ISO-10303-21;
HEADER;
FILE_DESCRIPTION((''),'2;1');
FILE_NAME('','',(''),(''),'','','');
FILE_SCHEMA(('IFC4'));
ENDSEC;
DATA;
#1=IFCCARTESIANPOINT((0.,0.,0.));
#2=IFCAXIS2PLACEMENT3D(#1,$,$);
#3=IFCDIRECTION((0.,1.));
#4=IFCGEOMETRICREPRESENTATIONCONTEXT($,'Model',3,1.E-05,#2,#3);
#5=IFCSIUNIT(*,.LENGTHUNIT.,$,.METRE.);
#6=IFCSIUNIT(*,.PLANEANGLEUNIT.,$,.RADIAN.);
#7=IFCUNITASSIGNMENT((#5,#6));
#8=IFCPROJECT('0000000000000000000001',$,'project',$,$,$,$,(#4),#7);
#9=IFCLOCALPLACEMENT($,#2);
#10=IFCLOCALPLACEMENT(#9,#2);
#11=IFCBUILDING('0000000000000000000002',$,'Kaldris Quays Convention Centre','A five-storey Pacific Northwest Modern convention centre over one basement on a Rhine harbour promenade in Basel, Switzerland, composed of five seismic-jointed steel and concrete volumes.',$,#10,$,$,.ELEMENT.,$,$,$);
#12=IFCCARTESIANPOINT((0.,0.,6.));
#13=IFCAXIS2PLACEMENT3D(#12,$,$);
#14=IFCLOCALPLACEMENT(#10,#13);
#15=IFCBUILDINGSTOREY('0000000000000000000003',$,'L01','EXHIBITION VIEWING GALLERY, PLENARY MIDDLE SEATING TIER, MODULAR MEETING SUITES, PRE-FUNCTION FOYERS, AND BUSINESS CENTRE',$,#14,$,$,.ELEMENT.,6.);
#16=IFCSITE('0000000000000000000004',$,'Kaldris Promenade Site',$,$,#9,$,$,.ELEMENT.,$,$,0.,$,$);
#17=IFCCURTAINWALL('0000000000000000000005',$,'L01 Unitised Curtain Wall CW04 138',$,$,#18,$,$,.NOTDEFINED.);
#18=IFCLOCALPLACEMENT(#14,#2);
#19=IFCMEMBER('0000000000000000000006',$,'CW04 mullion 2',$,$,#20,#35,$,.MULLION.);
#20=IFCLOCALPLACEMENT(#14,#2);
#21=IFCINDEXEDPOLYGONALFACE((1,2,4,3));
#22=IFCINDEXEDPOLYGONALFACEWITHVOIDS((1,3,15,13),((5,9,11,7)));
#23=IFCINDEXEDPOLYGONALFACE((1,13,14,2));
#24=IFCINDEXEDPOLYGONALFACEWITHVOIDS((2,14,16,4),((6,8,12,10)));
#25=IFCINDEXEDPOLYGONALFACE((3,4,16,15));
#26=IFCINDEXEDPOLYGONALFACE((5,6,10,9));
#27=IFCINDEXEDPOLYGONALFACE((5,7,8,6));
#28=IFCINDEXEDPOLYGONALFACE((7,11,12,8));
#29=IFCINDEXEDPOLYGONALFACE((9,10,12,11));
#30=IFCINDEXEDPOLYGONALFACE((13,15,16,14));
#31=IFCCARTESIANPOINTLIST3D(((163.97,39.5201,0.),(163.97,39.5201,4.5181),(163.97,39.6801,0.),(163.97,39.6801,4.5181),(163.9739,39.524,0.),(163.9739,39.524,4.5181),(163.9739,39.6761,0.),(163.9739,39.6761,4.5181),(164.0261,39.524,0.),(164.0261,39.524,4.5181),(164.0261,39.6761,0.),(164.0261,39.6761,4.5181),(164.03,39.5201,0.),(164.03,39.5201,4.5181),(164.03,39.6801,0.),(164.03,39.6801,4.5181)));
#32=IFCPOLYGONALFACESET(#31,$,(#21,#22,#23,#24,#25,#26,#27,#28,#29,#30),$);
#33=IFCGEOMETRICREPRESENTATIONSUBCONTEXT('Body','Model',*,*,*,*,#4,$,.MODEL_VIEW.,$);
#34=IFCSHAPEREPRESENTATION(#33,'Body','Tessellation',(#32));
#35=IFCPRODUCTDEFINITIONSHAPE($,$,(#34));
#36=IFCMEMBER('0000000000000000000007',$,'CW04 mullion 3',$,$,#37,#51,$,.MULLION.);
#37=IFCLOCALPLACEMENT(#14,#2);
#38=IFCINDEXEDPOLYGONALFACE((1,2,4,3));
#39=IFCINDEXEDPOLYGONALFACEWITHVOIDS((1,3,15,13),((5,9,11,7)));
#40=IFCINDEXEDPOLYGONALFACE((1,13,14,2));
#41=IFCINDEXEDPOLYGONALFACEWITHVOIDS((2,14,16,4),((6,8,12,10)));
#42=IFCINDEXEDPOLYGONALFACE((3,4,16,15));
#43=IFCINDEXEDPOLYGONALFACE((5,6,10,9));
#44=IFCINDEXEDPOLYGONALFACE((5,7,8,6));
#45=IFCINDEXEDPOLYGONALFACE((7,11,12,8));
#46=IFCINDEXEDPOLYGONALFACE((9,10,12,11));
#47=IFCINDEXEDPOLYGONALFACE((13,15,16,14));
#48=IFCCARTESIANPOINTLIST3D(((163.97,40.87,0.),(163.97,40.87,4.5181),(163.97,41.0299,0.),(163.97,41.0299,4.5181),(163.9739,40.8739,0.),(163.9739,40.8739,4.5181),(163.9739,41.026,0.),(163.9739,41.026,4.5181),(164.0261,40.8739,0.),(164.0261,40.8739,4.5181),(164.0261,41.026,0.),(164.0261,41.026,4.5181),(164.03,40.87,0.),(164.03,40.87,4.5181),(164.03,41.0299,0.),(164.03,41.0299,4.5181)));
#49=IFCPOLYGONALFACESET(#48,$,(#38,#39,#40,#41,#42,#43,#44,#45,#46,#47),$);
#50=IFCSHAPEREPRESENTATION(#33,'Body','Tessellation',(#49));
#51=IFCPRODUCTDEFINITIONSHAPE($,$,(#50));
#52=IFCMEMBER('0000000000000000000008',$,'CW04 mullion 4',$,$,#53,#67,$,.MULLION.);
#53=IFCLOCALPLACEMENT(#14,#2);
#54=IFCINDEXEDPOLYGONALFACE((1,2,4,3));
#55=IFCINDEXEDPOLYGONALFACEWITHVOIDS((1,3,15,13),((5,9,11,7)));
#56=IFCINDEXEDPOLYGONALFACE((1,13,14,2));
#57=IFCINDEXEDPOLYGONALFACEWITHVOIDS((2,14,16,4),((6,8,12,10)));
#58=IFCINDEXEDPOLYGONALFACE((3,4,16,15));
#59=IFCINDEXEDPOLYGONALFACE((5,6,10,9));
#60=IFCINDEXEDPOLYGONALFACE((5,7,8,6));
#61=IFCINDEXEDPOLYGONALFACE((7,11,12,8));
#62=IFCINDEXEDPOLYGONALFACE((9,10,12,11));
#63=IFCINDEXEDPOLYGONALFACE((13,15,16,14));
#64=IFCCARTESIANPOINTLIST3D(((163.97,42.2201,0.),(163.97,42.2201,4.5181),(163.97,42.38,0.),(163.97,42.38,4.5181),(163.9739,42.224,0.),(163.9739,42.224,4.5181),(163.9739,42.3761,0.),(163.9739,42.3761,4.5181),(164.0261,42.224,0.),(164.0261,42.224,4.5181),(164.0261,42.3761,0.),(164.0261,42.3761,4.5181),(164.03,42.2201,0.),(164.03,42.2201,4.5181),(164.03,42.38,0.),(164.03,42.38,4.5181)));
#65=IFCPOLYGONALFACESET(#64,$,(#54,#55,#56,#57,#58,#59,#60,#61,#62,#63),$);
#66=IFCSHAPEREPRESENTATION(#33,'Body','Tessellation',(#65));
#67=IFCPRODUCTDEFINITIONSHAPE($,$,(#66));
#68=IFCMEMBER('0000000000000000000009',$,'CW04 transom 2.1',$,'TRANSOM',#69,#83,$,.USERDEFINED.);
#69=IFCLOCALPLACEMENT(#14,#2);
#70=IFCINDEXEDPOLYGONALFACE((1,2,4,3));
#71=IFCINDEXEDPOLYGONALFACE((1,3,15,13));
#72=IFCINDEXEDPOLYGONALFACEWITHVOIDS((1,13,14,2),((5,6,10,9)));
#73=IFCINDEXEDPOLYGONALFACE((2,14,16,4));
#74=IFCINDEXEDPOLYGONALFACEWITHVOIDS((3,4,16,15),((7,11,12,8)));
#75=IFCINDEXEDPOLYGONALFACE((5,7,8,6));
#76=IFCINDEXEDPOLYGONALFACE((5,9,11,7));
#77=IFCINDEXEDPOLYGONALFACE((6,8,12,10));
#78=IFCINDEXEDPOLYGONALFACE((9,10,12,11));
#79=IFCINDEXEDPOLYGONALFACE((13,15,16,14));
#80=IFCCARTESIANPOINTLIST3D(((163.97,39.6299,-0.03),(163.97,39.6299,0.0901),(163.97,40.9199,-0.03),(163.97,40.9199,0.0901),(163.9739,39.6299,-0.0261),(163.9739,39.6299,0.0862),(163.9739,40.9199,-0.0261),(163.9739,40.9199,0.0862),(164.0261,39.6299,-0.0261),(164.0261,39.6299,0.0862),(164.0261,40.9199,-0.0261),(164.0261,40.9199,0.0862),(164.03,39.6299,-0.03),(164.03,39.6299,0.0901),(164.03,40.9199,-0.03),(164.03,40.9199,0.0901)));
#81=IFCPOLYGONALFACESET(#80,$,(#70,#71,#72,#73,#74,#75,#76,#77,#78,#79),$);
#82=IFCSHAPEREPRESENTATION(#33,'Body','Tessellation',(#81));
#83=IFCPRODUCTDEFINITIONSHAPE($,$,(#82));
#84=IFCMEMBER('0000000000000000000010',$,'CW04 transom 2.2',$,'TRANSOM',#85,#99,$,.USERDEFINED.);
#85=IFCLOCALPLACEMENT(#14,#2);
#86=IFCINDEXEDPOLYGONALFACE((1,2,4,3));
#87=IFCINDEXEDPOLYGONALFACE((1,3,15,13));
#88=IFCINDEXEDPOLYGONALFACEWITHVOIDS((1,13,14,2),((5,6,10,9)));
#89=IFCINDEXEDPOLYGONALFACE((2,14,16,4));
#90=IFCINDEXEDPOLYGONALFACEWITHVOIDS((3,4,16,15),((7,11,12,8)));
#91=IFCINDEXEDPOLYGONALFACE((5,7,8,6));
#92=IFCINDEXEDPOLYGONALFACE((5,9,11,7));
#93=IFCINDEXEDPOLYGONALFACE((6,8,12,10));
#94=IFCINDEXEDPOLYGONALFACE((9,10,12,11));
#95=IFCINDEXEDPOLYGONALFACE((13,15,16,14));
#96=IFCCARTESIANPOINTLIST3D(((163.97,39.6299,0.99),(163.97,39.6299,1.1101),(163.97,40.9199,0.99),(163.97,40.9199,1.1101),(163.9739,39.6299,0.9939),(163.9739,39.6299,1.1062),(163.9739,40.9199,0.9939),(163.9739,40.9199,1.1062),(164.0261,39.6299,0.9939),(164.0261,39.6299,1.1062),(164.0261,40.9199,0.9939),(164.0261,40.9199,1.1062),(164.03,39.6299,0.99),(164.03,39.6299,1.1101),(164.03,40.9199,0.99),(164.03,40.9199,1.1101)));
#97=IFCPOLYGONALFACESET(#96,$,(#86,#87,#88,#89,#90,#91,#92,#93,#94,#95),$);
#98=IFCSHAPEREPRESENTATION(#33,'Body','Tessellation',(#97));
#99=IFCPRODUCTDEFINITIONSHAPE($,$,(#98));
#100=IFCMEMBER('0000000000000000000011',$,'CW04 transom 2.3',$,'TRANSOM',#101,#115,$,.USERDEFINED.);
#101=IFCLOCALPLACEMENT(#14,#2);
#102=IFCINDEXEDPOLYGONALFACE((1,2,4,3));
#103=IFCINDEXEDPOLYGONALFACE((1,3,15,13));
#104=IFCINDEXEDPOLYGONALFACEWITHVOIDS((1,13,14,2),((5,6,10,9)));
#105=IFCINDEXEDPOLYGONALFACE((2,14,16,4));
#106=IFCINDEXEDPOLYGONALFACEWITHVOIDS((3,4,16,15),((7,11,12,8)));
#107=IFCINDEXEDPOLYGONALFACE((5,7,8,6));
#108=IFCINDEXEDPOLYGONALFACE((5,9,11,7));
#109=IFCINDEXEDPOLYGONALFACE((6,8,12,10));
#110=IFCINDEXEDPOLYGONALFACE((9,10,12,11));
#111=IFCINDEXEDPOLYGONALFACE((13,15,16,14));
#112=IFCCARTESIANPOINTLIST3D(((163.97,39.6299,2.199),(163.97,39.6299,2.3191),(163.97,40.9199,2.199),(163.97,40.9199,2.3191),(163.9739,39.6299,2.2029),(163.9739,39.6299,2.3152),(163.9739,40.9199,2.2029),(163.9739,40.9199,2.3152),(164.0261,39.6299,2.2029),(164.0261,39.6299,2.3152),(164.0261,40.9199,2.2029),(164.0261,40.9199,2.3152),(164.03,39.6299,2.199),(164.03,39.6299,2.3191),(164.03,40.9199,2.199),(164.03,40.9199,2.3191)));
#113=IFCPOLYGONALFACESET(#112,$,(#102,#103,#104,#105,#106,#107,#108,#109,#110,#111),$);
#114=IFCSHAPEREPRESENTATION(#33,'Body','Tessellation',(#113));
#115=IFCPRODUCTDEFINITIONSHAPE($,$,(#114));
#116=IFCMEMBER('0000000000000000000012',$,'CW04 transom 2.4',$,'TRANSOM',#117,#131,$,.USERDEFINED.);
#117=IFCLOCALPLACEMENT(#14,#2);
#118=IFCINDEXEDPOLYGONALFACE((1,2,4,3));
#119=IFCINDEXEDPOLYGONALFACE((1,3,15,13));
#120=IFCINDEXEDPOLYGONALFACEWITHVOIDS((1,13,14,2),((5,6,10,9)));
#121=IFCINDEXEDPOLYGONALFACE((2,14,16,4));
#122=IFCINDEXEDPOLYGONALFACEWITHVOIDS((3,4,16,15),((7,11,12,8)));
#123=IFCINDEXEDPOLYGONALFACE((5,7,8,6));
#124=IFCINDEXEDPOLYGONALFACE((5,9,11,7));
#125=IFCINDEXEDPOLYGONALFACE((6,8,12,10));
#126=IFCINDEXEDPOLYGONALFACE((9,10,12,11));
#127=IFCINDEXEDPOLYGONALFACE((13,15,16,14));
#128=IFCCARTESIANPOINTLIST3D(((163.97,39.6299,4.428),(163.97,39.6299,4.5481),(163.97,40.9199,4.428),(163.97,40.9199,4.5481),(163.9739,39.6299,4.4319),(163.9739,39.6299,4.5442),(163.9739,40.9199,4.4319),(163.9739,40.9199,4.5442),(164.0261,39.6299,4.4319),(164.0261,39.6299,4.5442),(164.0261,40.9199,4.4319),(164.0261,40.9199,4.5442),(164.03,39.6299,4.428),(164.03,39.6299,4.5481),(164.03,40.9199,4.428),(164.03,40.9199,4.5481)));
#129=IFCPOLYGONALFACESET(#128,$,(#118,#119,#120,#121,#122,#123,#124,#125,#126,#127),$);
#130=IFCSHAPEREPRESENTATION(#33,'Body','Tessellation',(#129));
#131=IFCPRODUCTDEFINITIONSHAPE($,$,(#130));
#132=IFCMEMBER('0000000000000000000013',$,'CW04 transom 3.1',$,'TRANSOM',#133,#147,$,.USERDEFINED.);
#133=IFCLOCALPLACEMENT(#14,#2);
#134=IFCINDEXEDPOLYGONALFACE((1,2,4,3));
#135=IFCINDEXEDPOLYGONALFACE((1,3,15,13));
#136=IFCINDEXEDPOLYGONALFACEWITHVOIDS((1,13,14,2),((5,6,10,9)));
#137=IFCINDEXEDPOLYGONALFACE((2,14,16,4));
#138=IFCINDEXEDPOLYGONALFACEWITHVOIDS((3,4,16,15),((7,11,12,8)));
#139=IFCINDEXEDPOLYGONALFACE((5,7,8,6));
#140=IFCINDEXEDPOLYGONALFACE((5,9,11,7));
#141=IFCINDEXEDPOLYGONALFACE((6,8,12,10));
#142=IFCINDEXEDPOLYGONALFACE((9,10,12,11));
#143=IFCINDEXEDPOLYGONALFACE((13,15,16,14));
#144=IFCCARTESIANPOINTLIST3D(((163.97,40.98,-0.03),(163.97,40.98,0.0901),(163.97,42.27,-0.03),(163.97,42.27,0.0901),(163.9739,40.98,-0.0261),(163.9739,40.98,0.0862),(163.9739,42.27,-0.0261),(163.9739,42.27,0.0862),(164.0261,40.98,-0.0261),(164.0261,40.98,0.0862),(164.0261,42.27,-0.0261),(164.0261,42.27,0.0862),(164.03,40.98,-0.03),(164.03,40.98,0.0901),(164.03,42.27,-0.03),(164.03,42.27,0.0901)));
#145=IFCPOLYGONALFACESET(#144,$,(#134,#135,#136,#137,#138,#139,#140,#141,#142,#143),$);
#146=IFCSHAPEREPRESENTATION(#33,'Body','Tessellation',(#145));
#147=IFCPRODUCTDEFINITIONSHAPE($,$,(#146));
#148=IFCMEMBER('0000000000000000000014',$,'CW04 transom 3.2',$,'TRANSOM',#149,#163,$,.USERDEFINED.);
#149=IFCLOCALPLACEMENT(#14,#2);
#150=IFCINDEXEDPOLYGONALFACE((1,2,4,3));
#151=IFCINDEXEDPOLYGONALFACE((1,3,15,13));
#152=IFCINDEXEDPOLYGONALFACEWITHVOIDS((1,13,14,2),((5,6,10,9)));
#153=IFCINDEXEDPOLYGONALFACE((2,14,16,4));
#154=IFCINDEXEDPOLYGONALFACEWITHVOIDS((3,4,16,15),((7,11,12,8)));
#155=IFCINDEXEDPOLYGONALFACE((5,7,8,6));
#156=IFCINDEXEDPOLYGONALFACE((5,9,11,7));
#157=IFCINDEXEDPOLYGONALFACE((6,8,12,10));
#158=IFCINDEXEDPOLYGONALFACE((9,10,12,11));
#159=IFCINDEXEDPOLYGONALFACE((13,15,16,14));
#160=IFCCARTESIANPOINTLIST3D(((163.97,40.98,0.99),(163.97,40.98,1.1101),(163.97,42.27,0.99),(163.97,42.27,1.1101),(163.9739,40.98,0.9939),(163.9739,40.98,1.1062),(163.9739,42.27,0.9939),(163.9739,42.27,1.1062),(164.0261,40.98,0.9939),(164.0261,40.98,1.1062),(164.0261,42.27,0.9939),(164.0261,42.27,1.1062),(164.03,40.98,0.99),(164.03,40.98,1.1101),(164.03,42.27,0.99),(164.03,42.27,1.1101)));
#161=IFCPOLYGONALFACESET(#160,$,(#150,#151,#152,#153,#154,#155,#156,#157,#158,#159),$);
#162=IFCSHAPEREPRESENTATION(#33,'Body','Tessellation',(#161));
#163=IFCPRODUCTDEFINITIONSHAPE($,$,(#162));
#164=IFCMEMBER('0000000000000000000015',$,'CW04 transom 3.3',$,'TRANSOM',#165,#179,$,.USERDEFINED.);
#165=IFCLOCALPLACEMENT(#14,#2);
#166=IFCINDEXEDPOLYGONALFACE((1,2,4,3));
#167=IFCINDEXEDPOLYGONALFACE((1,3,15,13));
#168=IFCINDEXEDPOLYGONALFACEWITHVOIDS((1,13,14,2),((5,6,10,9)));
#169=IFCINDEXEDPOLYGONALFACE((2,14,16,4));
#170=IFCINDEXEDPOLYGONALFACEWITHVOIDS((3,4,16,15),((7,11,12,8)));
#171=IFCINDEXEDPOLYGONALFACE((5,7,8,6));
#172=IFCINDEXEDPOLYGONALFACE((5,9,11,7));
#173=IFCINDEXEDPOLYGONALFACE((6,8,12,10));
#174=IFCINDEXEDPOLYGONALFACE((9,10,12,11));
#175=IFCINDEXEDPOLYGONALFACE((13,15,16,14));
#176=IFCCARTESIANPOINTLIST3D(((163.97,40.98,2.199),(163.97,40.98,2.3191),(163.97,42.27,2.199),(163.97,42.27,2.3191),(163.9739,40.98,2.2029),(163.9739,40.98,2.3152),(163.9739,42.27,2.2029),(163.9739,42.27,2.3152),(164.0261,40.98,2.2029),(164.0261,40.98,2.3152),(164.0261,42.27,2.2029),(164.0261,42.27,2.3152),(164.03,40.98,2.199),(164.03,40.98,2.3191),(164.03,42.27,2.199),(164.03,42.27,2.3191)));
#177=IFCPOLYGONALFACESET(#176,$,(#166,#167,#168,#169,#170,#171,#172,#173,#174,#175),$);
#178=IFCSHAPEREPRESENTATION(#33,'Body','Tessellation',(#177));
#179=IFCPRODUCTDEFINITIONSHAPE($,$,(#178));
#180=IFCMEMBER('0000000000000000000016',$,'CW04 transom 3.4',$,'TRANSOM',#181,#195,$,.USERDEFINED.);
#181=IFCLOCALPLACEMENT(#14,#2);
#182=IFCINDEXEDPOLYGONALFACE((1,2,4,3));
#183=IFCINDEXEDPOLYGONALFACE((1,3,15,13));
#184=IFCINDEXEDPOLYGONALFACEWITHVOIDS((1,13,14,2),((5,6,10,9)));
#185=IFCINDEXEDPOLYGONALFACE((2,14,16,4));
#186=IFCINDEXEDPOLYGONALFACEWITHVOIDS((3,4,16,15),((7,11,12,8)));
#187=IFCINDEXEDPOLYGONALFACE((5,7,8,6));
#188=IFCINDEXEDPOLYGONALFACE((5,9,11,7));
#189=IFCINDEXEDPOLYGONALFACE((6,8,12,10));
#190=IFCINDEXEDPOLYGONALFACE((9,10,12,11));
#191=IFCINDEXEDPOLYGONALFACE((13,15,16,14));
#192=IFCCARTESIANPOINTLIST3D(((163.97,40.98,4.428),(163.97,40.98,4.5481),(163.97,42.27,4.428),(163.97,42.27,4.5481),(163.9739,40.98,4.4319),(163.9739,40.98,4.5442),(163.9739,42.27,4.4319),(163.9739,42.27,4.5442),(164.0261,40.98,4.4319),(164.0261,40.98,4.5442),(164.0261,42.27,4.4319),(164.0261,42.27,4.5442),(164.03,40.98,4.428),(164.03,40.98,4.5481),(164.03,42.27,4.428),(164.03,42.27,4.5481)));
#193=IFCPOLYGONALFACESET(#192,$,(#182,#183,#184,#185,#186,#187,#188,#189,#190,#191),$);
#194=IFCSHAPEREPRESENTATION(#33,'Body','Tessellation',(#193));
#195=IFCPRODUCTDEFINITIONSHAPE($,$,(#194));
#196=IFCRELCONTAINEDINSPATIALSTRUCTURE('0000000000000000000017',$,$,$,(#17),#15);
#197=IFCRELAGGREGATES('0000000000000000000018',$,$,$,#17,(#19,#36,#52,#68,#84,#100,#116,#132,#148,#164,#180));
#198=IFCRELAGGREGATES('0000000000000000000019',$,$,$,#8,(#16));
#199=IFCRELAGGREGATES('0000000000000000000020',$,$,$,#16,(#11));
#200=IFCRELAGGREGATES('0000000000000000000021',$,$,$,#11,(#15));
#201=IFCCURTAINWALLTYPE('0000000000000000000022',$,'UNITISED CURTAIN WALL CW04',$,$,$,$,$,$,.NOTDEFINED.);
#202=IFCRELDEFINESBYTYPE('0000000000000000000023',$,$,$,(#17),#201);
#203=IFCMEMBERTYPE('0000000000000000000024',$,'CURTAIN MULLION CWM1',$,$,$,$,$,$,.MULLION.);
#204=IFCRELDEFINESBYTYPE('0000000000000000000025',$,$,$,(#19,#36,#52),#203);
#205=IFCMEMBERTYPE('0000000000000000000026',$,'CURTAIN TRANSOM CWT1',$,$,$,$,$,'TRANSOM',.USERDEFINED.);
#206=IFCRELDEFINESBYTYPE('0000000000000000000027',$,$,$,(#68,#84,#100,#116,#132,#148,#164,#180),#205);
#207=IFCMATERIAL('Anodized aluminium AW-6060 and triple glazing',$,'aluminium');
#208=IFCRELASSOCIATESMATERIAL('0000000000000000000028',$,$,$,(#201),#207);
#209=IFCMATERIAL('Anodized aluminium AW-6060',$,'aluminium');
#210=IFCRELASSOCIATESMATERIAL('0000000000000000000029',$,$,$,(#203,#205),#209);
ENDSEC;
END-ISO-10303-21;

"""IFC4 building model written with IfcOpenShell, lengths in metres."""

from ifc_helpers import new_model, si_unit, direction, frame, origin, origin_2d, place, context, subcontext, project, spatial, hollow_rectangle, extrude, material, material_profile, profile_set, type_object, element, aggregate, save


model = new_model("IFC4")

# Units and contexts
model_context = context("Model", 3, precision=1e-05, world=origin(), true_north=direction((0.0, 1.0)))
body_context = subcontext(model_context, "Body", "Model", "MODEL_VIEW")
ifc_project = project(units=[si_unit("LENGTHUNIT", "METRE"), si_unit("PLANEANGLEUNIT", "RADIAN")], contexts=[model_context])

# Site, building, storey
site_placement = place(None, origin())
site = spatial("IfcSite", under=ifc_project, at=site_placement, Name="Kaldris Promenade Site", CompositionType="ELEMENT", RefElevation=0.0)
building_placement = place(site_placement, origin())
building = spatial("IfcBuilding", under=site, at=building_placement, Name="Kaldris Quays Convention Centre", Description="A five-storey Pacific Northwest Modern convention centre over one basement on a Rhine harbour promenade in Basel, Switzerland, composed of five seismic-jointed steel and concrete volumes.", CompositionType="ELEMENT")
storey_placement = place(building_placement, frame((0.0, 0.0, 6.0)))
storey = spatial("IfcBuildingStorey", under=building, at=storey_placement, Name="L01", Description="EXHIBITION VIEWING GALLERY, PLENARY MIDDLE SEATING TIER, MODULAR MEETING SUITES, PRE-FUNCTION FOYERS, AND BUSINESS CENTRE", CompositionType="ELEMENT", Elevation=6.0)

# Curtain wall, members
ifc_material_1 = material(Name="Anodized aluminium AW-6060 and triple glazing", Category="aluminium")
curtain_wall_type = type_object("IfcCurtainWallType", Name="UNITISED CURTAIN WALL CW04", PredefinedType="NOTDEFINED", material=ifc_material_1)
curtain_wall_placement = place(storey_placement, origin())
curtain_wall = element("IfcCurtainWall", 1, at=curtain_wall_placement, inside=storey, type_object=curtain_wall_type, Name="L01 Unitised Curtain Wall CW04 138", PredefinedType="NOTDEFINED")
ifc_material_2 = material(Name="Anodized aluminium AW-6060", Category="aluminium")
ifc_material_profile_1 = material_profile(ifc_material_2, hollow_rectangle(XDim=0.0601, YDim=0.1599, WallThickness=0.0039, at=origin_2d()), Name="RHS 160x60x4")
ifc_profile_set_1 = profile_set([ifc_material_profile_1], Name="Anodized aluminium AW-6060")
member_type_1 = type_object("IfcMemberType", Name="CURTAIN MULLION CWM1", PredefinedType="MULLION", material=ifc_profile_set_1)
member_1_placement = place(storey_placement, frame((164.0, 39.6001, 0.0), z_axis=(0.0, 0.0, 1.0), x_axis=(-1.0, 0.0, 0.0)))
member_1 = element("IfcMember", 2, at=member_1_placement, type_object=member_type_1, Name="CW04 mullion 2", PredefinedType="MULLION", context=body_context, shape_type="SweptSolid", body=[
    extrude(hollow_rectangle(XDim=0.0601, YDim=0.1599, WallThickness=0.0039, at=origin_2d()), origin(), (0.0, 0.0, 1.0), 4.5181),
])
member_2_placement = place(storey_placement, frame((164.0, 40.95, 0.0), z_axis=(0.0, 0.0, 1.0), x_axis=(-1.0, 0.0, 0.0)))
member_2 = element("IfcMember", 3, at=member_2_placement, type_object=member_type_1, Name="CW04 mullion 3", PredefinedType="MULLION", context=body_context, shape_type="SweptSolid", body=[
    extrude(hollow_rectangle(XDim=0.0601, YDim=0.1599, WallThickness=0.0039, at=origin_2d()), origin(), (0.0, 0.0, 1.0), 4.5181),
])
member_3_placement = place(storey_placement, frame((164.0, 42.3, 0.0), z_axis=(0.0, 0.0, 1.0), x_axis=(-1.0, 0.0, 0.0)))
member_3 = element("IfcMember", 4, at=member_3_placement, type_object=member_type_1, Name="CW04 mullion 4", PredefinedType="MULLION", context=body_context, shape_type="SweptSolid", body=[
    extrude(hollow_rectangle(XDim=0.0601, YDim=0.1599, WallThickness=0.0039, at=origin_2d()), origin(), (0.0, 0.0, 1.0), 4.5181),
])
ifc_material_profile_2 = material_profile(ifc_material_2, hollow_rectangle(XDim=0.0601, YDim=0.1201, WallThickness=0.0039, at=origin_2d()), Name="RHS 120x60x4")
ifc_profile_set_2 = profile_set([ifc_material_profile_2], Name="Anodized aluminium AW-6060")
member_type_2 = type_object("IfcMemberType", Name="CURTAIN TRANSOM CWT1", ElementType="TRANSOM", PredefinedType="USERDEFINED", material=ifc_profile_set_2)
member_4_placement = place(storey_placement, frame((164.0, 39.6299, 0.03), z_axis=(0.0, 1.0, 0.0), x_axis=(-1.0, 0.0, 0.0)))
member_4 = element("IfcMember", 5, at=member_4_placement, type_object=member_type_2, Name="CW04 transom 2.1", ObjectType="TRANSOM", PredefinedType="USERDEFINED", context=body_context, shape_type="SweptSolid", body=[
    extrude(hollow_rectangle(XDim=0.0601, YDim=0.1201, WallThickness=0.0039, at=origin_2d()), origin(), (0.0, 0.0, 1.0), 1.29),
])
member_5_placement = place(storey_placement, frame((164.0, 39.6299, 1.05), z_axis=(0.0, 1.0, 0.0), x_axis=(-1.0, 0.0, 0.0)))
member_5 = element("IfcMember", 6, at=member_5_placement, type_object=member_type_2, Name="CW04 transom 2.2", ObjectType="TRANSOM", PredefinedType="USERDEFINED", context=body_context, shape_type="SweptSolid", body=[
    extrude(hollow_rectangle(XDim=0.0601, YDim=0.1201, WallThickness=0.0039, at=origin_2d()), origin(), (0.0, 0.0, 1.0), 1.29),
])
member_6_placement = place(storey_placement, frame((164.0, 39.6299, 2.259), z_axis=(0.0, 1.0, 0.0), x_axis=(-1.0, 0.0, 0.0)))
member_6 = element("IfcMember", 7, at=member_6_placement, type_object=member_type_2, Name="CW04 transom 2.3", ObjectType="TRANSOM", PredefinedType="USERDEFINED", context=body_context, shape_type="SweptSolid", body=[
    extrude(hollow_rectangle(XDim=0.0601, YDim=0.1201, WallThickness=0.0039, at=origin_2d()), origin(), (0.0, 0.0, 1.0), 1.29),
])
member_7_placement = place(storey_placement, frame((164.0, 39.6299, 4.488), z_axis=(0.0, 1.0, 0.0), x_axis=(-1.0, 0.0, 0.0)))
member_7 = element("IfcMember", 8, at=member_7_placement, type_object=member_type_2, Name="CW04 transom 2.4", ObjectType="TRANSOM", PredefinedType="USERDEFINED", context=body_context, shape_type="SweptSolid", body=[
    extrude(hollow_rectangle(XDim=0.0601, YDim=0.1201, WallThickness=0.0039, at=origin_2d()), origin(), (0.0, 0.0, 1.0), 1.29),
])
member_8_placement = place(storey_placement, frame((164.0, 40.98, 0.03), z_axis=(0.0, 1.0, 0.0), x_axis=(-1.0, 0.0, 0.0)))
member_8 = element("IfcMember", 9, at=member_8_placement, type_object=member_type_2, Name="CW04 transom 3.1", ObjectType="TRANSOM", PredefinedType="USERDEFINED", context=body_context, shape_type="SweptSolid", body=[
    extrude(hollow_rectangle(XDim=0.0601, YDim=0.1201, WallThickness=0.0039, at=origin_2d()), origin(), (0.0, 0.0, 1.0), 1.29),
])
member_9_placement = place(storey_placement, frame((164.0, 40.98, 1.05), z_axis=(0.0, 1.0, 0.0), x_axis=(-1.0, 0.0, 0.0)))
member_9 = element("IfcMember", 10, at=member_9_placement, type_object=member_type_2, Name="CW04 transom 3.2", ObjectType="TRANSOM", PredefinedType="USERDEFINED", context=body_context, shape_type="SweptSolid", body=[
    extrude(hollow_rectangle(XDim=0.0601, YDim=0.1201, WallThickness=0.0039, at=origin_2d()), origin(), (0.0, 0.0, 1.0), 1.29),
])
member_10_placement = place(storey_placement, frame((164.0, 40.98, 2.259), z_axis=(0.0, 1.0, 0.0), x_axis=(-1.0, 0.0, 0.0)))
member_10 = element("IfcMember", 11, at=member_10_placement, type_object=member_type_2, Name="CW04 transom 3.3", ObjectType="TRANSOM", PredefinedType="USERDEFINED", context=body_context, shape_type="SweptSolid", body=[
    extrude(hollow_rectangle(XDim=0.0601, YDim=0.1201, WallThickness=0.0039, at=origin_2d()), origin(), (0.0, 0.0, 1.0), 1.29),
])
member_11_placement = place(storey_placement, frame((164.0, 40.98, 4.488), z_axis=(0.0, 1.0, 0.0), x_axis=(-1.0, 0.0, 0.0)))
member_11 = element("IfcMember", 12, at=member_11_placement, type_object=member_type_2, Name="CW04 transom 3.4", ObjectType="TRANSOM", PredefinedType="USERDEFINED", context=body_context, shape_type="SweptSolid", body=[
    extrude(hollow_rectangle(XDim=0.0601, YDim=0.1201, WallThickness=0.0039, at=origin_2d()), origin(), (0.0, 0.0, 1.0), 1.29),
])
aggregate(curtain_wall, [member_1, member_2, member_3, member_4, member_5, member_6, member_7, member_8, member_9, member_10, member_11])

save(model, "model.ifc")
